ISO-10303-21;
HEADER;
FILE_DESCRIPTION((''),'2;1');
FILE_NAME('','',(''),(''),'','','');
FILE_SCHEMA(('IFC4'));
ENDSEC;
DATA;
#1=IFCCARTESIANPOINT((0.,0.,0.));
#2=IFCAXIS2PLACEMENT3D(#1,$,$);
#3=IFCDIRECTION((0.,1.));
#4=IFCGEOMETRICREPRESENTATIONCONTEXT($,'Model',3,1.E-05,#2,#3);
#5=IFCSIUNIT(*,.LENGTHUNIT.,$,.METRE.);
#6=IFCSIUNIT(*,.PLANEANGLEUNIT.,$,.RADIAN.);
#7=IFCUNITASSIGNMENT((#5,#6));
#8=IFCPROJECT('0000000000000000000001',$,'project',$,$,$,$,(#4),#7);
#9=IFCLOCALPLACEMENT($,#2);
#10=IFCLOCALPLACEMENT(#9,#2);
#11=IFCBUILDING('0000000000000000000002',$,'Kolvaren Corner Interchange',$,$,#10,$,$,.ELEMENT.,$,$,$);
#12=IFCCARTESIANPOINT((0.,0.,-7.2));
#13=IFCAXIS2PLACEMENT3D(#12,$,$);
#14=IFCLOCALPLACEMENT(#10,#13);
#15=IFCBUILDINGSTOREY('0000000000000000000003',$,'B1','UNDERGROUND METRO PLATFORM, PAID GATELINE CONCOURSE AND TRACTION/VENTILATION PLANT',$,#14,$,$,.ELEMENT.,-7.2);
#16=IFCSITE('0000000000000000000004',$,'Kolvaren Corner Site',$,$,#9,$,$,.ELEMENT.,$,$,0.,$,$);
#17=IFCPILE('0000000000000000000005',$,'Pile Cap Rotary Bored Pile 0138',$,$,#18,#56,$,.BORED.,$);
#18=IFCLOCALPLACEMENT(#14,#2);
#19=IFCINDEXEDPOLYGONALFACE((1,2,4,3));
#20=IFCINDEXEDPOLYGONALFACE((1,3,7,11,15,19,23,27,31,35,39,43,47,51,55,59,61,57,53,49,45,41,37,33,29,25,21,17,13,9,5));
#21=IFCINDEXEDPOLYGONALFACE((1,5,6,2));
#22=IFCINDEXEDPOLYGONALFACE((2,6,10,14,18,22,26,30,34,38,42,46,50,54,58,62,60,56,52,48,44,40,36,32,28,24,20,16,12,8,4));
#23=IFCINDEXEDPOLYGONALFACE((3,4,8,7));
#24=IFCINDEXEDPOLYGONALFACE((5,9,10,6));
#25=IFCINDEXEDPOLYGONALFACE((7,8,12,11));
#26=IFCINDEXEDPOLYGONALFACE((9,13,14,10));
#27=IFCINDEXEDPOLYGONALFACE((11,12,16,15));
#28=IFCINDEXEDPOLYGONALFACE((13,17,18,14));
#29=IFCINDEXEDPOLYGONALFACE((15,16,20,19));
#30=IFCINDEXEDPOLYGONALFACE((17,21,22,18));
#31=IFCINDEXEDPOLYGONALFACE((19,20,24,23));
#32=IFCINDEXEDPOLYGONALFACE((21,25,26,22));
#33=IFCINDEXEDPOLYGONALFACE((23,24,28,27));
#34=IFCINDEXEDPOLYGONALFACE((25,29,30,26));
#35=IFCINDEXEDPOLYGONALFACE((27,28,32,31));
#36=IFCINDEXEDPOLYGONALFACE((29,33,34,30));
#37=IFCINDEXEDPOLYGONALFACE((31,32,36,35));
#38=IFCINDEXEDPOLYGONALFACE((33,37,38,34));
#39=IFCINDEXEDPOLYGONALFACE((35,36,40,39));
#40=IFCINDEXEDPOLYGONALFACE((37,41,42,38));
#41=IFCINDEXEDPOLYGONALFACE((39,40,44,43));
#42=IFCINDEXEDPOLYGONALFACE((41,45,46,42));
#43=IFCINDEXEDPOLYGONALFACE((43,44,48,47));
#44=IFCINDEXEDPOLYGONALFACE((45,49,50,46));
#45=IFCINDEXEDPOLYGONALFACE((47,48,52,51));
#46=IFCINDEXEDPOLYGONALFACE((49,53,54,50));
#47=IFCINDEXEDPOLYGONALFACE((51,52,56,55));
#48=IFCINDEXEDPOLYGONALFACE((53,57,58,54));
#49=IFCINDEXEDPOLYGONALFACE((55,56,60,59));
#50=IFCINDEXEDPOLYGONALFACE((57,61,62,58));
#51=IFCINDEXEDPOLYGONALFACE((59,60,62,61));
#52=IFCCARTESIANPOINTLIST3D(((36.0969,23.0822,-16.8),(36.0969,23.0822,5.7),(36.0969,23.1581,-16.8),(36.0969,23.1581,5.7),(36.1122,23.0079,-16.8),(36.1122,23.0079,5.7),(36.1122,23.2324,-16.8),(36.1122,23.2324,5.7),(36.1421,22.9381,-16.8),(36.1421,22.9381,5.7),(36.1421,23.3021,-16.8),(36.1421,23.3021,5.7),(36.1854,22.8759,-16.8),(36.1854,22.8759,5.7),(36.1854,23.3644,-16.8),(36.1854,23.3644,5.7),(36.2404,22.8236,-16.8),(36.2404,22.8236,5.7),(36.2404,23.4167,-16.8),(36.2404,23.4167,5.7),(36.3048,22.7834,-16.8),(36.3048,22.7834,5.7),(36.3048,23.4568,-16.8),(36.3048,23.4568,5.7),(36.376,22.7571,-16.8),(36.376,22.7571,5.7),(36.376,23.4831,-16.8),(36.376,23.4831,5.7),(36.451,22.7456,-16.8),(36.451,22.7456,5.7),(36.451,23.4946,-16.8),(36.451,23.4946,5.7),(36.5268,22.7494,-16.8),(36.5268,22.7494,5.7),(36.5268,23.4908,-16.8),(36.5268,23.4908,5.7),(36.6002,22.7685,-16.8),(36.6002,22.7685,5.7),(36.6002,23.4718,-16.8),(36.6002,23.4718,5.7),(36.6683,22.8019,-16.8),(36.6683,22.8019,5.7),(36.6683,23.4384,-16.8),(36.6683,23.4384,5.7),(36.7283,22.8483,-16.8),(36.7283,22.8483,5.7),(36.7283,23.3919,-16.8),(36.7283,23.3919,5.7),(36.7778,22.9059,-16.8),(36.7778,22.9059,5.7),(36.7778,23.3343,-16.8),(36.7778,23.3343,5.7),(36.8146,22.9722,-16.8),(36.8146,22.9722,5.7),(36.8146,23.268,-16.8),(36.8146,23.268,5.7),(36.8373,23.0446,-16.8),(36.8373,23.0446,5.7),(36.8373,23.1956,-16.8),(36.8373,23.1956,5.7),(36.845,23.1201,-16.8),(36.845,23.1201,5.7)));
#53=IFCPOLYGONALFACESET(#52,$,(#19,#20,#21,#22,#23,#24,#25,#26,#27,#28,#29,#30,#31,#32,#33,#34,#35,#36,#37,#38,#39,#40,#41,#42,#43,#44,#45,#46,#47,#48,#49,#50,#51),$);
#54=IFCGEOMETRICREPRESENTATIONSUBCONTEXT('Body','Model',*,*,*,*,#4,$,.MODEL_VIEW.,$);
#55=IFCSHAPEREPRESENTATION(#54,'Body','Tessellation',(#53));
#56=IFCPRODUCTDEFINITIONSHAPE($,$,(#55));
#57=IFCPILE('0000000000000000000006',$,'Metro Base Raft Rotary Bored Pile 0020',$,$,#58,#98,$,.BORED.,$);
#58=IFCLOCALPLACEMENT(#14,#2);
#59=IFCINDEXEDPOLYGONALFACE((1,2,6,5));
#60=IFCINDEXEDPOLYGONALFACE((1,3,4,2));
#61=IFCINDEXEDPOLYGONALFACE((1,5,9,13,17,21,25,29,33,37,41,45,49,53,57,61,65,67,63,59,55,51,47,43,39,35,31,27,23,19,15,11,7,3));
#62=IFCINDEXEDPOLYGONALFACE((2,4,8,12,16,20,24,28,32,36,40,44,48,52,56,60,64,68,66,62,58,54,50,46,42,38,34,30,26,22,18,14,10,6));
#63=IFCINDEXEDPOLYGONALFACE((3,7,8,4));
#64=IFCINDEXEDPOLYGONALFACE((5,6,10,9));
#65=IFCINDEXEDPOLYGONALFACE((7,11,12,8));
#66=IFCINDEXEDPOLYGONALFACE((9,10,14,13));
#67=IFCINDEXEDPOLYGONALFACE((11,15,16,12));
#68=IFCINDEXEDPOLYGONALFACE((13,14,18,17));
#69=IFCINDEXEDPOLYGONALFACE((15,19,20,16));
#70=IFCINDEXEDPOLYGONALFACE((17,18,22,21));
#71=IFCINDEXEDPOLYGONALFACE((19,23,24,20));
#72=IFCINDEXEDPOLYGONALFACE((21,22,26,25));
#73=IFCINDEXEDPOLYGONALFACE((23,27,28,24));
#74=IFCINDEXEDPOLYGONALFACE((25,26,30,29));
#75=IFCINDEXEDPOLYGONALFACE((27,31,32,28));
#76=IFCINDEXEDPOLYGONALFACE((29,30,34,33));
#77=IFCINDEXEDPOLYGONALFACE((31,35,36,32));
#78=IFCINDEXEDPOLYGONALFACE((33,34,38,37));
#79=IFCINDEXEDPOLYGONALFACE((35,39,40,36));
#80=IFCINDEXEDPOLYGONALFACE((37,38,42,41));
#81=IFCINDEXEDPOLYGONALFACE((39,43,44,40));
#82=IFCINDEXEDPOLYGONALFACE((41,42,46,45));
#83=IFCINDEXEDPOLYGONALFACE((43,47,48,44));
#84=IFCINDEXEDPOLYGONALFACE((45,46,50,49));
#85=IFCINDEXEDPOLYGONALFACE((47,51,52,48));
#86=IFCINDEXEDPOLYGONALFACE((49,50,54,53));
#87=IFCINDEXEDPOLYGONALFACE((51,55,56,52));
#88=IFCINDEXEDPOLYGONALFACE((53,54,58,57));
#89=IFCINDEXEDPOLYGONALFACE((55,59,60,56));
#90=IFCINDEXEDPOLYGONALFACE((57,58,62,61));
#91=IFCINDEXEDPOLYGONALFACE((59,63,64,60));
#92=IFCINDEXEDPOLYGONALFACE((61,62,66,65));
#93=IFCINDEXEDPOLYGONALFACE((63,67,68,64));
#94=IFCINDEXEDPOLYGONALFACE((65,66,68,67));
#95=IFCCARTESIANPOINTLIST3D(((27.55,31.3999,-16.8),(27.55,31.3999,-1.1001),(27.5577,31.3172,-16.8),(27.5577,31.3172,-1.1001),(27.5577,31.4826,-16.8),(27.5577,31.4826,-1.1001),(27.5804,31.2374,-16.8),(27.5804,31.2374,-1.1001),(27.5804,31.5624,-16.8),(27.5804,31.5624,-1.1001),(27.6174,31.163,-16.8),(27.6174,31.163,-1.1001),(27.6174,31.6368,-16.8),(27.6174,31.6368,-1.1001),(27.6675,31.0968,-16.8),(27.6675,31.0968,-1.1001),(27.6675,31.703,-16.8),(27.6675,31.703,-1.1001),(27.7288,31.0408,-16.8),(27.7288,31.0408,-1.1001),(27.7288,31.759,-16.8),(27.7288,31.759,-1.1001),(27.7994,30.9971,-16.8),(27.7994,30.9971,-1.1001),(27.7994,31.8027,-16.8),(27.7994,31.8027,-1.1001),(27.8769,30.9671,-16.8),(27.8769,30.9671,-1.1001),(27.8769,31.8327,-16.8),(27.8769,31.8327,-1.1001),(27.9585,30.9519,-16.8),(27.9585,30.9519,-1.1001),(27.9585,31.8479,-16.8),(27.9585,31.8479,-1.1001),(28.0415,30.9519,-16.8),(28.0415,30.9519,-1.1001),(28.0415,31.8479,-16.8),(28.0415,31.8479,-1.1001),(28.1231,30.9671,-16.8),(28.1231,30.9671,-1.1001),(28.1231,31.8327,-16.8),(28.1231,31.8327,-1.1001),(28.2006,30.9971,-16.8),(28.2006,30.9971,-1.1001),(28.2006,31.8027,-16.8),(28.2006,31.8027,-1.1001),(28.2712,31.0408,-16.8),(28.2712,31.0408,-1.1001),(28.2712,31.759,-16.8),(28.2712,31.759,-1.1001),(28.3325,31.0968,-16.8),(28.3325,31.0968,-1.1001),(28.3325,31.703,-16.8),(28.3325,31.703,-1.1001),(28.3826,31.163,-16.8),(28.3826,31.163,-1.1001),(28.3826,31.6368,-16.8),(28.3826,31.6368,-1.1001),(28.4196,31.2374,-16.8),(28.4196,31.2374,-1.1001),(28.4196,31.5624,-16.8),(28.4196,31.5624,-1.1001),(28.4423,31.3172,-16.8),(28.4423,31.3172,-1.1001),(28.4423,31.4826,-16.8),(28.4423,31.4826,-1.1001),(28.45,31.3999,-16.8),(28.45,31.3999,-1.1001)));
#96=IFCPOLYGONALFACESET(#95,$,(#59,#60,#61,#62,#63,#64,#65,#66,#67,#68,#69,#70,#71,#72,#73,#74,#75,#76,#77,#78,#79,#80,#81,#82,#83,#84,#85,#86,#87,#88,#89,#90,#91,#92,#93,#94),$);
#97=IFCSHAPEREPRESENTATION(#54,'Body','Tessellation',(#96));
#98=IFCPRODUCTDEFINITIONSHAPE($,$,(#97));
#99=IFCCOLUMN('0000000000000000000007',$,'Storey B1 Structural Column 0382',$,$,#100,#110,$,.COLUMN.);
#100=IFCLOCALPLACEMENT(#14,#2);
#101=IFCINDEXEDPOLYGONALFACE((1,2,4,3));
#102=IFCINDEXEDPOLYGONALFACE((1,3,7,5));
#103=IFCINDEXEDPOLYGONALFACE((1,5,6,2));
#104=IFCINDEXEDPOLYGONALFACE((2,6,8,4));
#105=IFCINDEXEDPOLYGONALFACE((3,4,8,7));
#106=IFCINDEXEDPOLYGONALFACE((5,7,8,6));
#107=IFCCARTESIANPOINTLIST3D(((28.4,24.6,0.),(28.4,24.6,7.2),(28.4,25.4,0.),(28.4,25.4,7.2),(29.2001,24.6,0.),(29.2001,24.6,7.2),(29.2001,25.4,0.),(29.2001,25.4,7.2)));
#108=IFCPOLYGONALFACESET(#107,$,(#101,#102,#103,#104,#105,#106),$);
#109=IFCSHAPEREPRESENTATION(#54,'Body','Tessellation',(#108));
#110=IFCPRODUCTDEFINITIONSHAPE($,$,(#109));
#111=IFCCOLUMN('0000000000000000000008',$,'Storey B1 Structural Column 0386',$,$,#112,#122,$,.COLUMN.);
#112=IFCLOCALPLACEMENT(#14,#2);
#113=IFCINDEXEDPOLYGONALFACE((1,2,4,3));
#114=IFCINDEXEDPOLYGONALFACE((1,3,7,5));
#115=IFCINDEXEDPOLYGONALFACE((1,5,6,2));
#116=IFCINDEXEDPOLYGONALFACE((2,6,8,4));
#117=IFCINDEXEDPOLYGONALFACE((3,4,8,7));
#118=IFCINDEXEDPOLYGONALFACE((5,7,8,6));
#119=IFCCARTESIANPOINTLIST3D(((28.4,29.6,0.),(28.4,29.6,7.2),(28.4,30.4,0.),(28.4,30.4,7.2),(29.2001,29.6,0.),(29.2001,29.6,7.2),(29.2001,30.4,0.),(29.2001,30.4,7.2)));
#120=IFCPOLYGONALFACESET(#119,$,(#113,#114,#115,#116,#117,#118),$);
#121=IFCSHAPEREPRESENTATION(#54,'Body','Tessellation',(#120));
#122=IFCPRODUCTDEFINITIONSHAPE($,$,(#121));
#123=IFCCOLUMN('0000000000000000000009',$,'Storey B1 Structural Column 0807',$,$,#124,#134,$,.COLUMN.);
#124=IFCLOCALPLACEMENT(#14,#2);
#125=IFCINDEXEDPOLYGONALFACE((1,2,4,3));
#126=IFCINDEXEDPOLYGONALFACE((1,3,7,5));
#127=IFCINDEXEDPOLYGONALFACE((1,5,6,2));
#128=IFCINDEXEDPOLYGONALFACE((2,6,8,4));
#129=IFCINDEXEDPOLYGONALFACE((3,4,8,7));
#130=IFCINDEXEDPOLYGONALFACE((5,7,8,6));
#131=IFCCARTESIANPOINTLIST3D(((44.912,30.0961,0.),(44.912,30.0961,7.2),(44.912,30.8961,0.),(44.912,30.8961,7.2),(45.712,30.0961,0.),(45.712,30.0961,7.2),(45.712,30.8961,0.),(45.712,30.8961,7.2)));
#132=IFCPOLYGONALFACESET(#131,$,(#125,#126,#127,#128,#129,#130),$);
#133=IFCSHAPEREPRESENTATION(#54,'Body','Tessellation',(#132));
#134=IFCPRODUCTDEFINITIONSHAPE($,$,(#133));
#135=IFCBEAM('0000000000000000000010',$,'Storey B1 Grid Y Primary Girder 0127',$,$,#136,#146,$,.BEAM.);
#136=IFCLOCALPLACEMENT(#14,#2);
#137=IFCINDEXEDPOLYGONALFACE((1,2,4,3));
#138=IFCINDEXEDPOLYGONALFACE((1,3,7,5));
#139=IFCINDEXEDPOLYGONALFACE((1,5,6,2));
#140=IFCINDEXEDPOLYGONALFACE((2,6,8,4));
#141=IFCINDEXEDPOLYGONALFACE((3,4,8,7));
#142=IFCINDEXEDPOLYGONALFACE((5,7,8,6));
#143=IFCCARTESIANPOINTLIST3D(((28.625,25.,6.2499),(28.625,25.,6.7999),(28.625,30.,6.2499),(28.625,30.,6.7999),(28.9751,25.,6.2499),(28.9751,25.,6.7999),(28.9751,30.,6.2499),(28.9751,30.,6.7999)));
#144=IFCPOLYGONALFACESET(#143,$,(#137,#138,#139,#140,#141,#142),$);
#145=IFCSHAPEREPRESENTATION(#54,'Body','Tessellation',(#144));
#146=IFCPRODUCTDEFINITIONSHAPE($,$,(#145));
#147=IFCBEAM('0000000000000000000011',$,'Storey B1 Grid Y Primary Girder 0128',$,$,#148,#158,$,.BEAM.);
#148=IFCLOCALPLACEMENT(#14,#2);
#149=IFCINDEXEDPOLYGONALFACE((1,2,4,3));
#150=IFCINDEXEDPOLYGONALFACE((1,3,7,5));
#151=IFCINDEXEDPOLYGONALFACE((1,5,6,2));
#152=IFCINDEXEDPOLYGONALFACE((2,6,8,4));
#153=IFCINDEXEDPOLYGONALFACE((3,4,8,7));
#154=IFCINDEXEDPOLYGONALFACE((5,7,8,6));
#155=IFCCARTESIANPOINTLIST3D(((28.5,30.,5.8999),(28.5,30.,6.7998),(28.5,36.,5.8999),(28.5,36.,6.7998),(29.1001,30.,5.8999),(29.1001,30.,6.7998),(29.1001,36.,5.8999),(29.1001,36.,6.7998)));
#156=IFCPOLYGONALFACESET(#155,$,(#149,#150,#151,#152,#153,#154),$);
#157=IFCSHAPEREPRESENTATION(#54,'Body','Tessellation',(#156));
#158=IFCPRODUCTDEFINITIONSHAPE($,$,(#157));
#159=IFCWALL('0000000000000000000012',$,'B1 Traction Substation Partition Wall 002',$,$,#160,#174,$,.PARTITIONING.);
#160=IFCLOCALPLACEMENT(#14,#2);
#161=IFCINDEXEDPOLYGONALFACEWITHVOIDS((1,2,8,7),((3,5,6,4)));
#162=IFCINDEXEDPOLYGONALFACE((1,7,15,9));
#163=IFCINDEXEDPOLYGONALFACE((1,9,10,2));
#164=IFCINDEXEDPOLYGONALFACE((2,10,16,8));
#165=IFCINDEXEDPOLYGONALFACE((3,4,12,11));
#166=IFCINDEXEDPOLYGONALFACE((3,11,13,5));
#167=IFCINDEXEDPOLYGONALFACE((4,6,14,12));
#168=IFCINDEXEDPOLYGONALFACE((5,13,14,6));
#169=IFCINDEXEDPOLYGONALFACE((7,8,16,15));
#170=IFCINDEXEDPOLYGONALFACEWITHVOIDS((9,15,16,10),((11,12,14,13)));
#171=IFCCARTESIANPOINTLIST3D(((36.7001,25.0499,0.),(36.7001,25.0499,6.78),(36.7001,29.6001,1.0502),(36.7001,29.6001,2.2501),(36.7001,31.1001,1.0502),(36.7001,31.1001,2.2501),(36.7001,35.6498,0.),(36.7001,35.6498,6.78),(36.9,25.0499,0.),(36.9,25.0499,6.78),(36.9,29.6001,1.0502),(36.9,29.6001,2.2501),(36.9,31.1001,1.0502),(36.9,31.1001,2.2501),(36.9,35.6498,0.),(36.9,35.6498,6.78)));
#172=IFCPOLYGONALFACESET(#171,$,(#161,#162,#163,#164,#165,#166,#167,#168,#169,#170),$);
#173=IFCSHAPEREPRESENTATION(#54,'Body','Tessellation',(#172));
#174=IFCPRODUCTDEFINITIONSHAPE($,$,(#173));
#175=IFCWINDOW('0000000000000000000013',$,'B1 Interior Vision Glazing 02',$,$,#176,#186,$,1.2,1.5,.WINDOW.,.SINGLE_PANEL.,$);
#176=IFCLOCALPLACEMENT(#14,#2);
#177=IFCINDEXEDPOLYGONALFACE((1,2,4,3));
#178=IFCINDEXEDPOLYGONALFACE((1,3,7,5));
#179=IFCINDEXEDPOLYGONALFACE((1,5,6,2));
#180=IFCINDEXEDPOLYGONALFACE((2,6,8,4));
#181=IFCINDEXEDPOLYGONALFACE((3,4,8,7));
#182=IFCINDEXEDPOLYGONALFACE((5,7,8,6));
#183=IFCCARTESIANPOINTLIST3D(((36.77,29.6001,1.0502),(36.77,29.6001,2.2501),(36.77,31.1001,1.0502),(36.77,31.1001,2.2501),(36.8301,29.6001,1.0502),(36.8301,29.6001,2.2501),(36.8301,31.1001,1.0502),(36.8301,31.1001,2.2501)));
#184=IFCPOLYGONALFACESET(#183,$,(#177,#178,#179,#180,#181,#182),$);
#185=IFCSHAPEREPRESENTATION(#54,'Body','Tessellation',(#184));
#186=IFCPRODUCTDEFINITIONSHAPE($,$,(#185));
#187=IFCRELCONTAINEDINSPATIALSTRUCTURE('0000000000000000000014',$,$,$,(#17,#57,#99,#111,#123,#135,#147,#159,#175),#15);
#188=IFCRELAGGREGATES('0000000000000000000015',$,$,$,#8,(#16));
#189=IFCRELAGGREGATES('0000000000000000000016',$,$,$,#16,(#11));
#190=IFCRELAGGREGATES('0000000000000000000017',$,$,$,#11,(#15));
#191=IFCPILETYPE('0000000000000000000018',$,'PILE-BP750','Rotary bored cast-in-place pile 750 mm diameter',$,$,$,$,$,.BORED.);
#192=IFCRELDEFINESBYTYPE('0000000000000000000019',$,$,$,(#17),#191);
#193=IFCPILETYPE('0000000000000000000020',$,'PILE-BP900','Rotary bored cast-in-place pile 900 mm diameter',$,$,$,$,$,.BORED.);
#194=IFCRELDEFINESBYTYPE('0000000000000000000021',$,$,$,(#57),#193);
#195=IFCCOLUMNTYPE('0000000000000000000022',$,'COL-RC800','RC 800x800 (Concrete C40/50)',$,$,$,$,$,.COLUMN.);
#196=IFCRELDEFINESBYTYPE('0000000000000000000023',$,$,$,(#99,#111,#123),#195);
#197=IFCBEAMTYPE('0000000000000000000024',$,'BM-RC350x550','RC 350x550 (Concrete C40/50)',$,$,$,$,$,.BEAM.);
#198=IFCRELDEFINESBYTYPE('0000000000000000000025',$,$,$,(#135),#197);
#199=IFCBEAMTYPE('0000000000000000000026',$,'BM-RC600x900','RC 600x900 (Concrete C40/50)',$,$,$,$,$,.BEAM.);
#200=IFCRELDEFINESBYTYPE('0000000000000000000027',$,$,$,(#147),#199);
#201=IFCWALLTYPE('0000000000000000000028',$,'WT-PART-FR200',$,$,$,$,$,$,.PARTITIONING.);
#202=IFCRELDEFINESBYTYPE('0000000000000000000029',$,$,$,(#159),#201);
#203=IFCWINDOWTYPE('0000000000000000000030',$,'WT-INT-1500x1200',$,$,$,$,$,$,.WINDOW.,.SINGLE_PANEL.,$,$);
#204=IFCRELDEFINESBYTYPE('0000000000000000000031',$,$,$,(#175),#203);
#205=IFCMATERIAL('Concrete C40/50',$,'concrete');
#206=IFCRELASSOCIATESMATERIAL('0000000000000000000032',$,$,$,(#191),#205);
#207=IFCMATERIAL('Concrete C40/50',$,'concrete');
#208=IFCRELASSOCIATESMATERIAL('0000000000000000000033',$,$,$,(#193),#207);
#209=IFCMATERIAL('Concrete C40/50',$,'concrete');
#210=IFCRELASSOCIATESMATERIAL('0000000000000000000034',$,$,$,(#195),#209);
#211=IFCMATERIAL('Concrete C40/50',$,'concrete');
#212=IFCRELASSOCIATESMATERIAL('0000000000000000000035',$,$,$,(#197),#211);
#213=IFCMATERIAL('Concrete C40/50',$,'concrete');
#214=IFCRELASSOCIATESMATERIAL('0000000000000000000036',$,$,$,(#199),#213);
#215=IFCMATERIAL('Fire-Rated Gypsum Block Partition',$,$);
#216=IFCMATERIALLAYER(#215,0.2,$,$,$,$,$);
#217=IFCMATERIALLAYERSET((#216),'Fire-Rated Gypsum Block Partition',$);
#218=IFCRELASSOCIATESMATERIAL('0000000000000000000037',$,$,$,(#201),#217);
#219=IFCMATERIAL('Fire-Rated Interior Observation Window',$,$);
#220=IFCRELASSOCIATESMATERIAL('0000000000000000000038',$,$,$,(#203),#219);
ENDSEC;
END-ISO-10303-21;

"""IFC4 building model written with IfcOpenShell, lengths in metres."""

from ifc_helpers import new_model, si_unit, direction, frame, frame_2d, origin, origin_2d, place, context, subcontext, project, spatial, rectangle, circle, extrude, material, layer, layer_set, material_profile, profile_set, type_object, element, fill, save


model = new_model("IFC4")

# Units and contexts
model_context = context("Model", 3, precision=1e-05, world=origin(), true_north=direction((0.0, 1.0)))
body_context = subcontext(model_context, "Body", "Model", "MODEL_VIEW")
ifc_project = project(units=[si_unit("LENGTHUNIT", "METRE"), si_unit("PLANEANGLEUNIT", "RADIAN")], contexts=[model_context])

# Site, building, storey
site_placement = place(None, origin())
site = spatial("IfcSite", under=ifc_project, at=site_placement, Name="Kolvaren Corner Site", CompositionType="ELEMENT", RefElevation=0.0)
building_placement = place(site_placement, origin())
building = spatial("IfcBuilding", under=site, at=building_placement, Name="Kolvaren Corner Interchange", CompositionType="ELEMENT")
storey_placement = place(building_placement, frame((0.0, 0.0, -7.2)))
storey = spatial("IfcBuildingStorey", under=building, at=storey_placement, Name="B1", Description="UNDERGROUND METRO PLATFORM, PAID GATELINE CONCOURSE AND TRACTION/VENTILATION PLANT", CompositionType="ELEMENT", Elevation=-7.2)

# Piles
ifc_material_1 = material(Name="Concrete C40/50", Category="concrete")
ifc_material_profile_1 = material_profile(ifc_material_1, circle(Radius=0.375, at=origin_2d()), Name="BORED PILE 750")
ifc_profile_set_1 = profile_set([ifc_material_profile_1], Name="Concrete C40/50")
pile_type_1 = type_object("IfcPileType", Name="PILE-BP750", Description="Rotary bored cast-in-place pile 750 mm diameter", PredefinedType="BORED", material=ifc_profile_set_1)
for number, where, z_axis, x_axis, name in (
    (1, (36.47, 23.1201, 5.7), (0.0, 0.0, -1.0), (1.0, 0.0, 0.0), "Pile Cap Rotary Bored Pile 0138"),
):
    element("IfcPile", number, at=place(storey_placement, frame(where, z_axis=z_axis, x_axis=x_axis)), inside=storey, type_object=pile_type_1, Name=name, PredefinedType="BORED", context=body_context, shape_type="SweptSolid", body=[
        extrude(circle(Radius=0.375, at=origin_2d()), origin(), (0.0, 0.0, 1.0), 22.5),
    ])
ifc_material_2 = material(Name="Concrete C40/50", Category="concrete")
ifc_material_profile_2 = material_profile(ifc_material_2, circle(Radius=0.45, at=origin_2d()), Name="BORED PILE 900")
ifc_profile_set_2 = profile_set([ifc_material_profile_2], Name="Concrete C40/50")
pile_type_2 = type_object("IfcPileType", Name="PILE-BP900", Description="Rotary bored cast-in-place pile 900 mm diameter", PredefinedType="BORED", material=ifc_profile_set_2)
pile_placement = place(storey_placement, frame((28.0, 31.3999, -1.1001), z_axis=(0.0, 0.0, -1.0), x_axis=(1.0, 0.0, 0.0)))
element("IfcPile", 2, at=pile_placement, inside=storey, type_object=pile_type_2, Name="Metro Base Raft Rotary Bored Pile 0020", PredefinedType="BORED", context=body_context, shape_type="SweptSolid", body=[
    extrude(circle(Radius=0.45, at=origin_2d()), origin(), (0.0, 0.0, 1.0), 15.7),
])

# Columns
ifc_material_3 = material(Name="Concrete C40/50", Category="concrete")
ifc_material_profile_3 = material_profile(ifc_material_3, rectangle(XDim=0.8, YDim=0.8, at=origin_2d()), Name="RC 800x800")
ifc_profile_set_3 = profile_set([ifc_material_profile_3], Name="Concrete C40/50")
column_type = type_object("IfcColumnType", Name="COL-RC800", Description="RC 800x800 (Concrete C40/50)", PredefinedType="COLUMN", material=ifc_profile_set_3)
for number, where, z_axis, x_axis, name in (
    (3, (28.8, 25.0, 0.0), (0.0, 0.0, 1.0), (1.0, 0.0, 0.0), "Storey B1 Structural Column 0382"),
    (4, (28.8, 30.0, 0.0), (0.0, 0.0, 1.0), (1.0, 0.0, 0.0), "Storey B1 Structural Column 0386"),
    (5, (45.312, 30.4961, 0.0), (0.0, 0.0, 1.0), (1.0, 0.0, 0.0), "Storey B1 Structural Column 0807"),
):
    element("IfcColumn", number, at=place(storey_placement, frame(where, z_axis=z_axis, x_axis=x_axis)), inside=storey, type_object=column_type, Name=name, PredefinedType="COLUMN", context=body_context, shape_type="SweptSolid", body=[
        extrude(rectangle(XDim=0.8, YDim=0.8, at=origin_2d()), origin(), (0.0, 0.0, 1.0), 7.2),
    ])

# Beams
ifc_material_4 = material(Name="Concrete C40/50", Category="concrete")
ifc_material_profile_4 = material_profile(ifc_material_4, rectangle(XDim=0.3501, YDim=0.55, at=origin_2d()), Name="RC 350x550")
ifc_profile_set_4 = profile_set([ifc_material_profile_4], Name="Concrete C40/50")
beam_type_1 = type_object("IfcBeamType", Name="BM-RC350x550", Description="RC 350x550 (Concrete C40/50)", PredefinedType="BEAM", material=ifc_profile_set_4)
beam_1_placement = place(storey_placement, frame((28.8, 25.0, 6.5249), z_axis=(0.0, 1.0, 0.0), x_axis=(-1.0, 0.0, 0.0)))
element("IfcBeam", 6, at=beam_1_placement, inside=storey, type_object=beam_type_1, Name="Storey B1 Grid Y Primary Girder 0127", PredefinedType="BEAM", context=body_context, shape_type="SweptSolid", body=[
    extrude(rectangle(XDim=0.3501, YDim=0.55, at=origin_2d()), origin(), (0.0, 0.0, 1.0), 5.0),
])
ifc_material_5 = material(Name="Concrete C40/50", Category="concrete")
ifc_material_profile_5 = material_profile(ifc_material_5, rectangle(XDim=0.6001, YDim=0.8999, at=origin_2d()), Name="RC 600x900")
ifc_profile_set_5 = profile_set([ifc_material_profile_5], Name="Concrete C40/50")
beam_type_2 = type_object("IfcBeamType", Name="BM-RC600x900", Description="RC 600x900 (Concrete C40/50)", PredefinedType="BEAM", material=ifc_profile_set_5)
beam_2_placement = place(storey_placement, frame((28.8, 30.0, 6.3499), z_axis=(0.0, 1.0, 0.0), x_axis=(-1.0, 0.0, 0.0)))
element("IfcBeam", 7, at=beam_2_placement, inside=storey, type_object=beam_type_2, Name="Storey B1 Grid Y Primary Girder 0128", PredefinedType="BEAM", context=body_context, shape_type="SweptSolid", body=[
    extrude(rectangle(XDim=0.6001, YDim=0.8999, at=origin_2d()), origin(), (0.0, 0.0, 1.0), 6.0),
])

# Wall, opening, window
ifc_material_6 = material(Name="Fire-Rated Gypsum Block Partition")
ifc_layer_1 = layer(ifc_material_6, 0.2)
ifc_layer_set_1 = layer_set([ifc_layer_1], Name="Fire-Rated Gypsum Block Partition")
wall_type_1 = type_object("IfcWallType", Name="WT-PART-FR200", PredefinedType="PARTITIONING", material=ifc_layer_set_1)
wall_1_placement = place(storey_placement, frame((36.8, 25.05, 0.0), z_axis=(0.0, 0.0, 1.0), x_axis=(0.0, 1.0, 0.0)))
wall_1 = element("IfcWall", 8, at=wall_1_placement, inside=storey, type_object=wall_type_1, Name="B1 Traction Substation Partition Wall 002", PredefinedType="PARTITIONING", context=body_context, shape_type="SweptSolid", body=[
    extrude(rectangle(XDim=10.5999, YDim=0.2, at=frame_2d((5.2998, 0.0))), origin(), (0.0, 0.0, 1.0), 6.78),
])
opening_placement = place(wall_1_placement, frame((4.55, 0.0, 1.05)))
opening = element("IfcOpeningElement", 9, at=opening_placement, cuts=wall_1, PredefinedType="OPENING", context=body_context, shape_type="SweptSolid", body=[
    extrude(rectangle(XDim=1.5, YDim=1.2, at=frame_2d((0.75, 0.6001))), frame((0.0, 0.1099, 0.0), z_axis=(0.0, -1.0, 0.0), x_axis=(1.0, 0.0, 0.0)), (0.0, 0.0, 1.0), 0.22),
])
ifc_material_7 = material(Name="Fire-Rated Interior Observation Window")
window_type = type_object("IfcWindowType", Name="WT-INT-1500x1200", PartitioningType="SINGLE_PANEL", PredefinedType="WINDOW", material=ifc_material_7)
window_placement = place(opening_placement, origin())
window = element("IfcWindow", 10, at=window_placement, inside=storey, type_object=window_type, Name="B1 Interior Vision Glazing 02", OverallHeight=1.2, OverallWidth=1.5, PartitioningType="SINGLE_PANEL", PredefinedType="WINDOW", context=body_context, shape_type="SweptSolid", body=[
    extrude(rectangle(XDim=1.5, YDim=1.2, at=frame_2d((0.75, 0.6001))), frame((0.0, 0.03, 0.0), z_axis=(0.0, -1.0, 0.0), x_axis=(1.0, 0.0, 0.0)), (0.0, 0.0, 1.0), 0.0601),
])
fill(opening, window)

save(model, "model.ifc")
